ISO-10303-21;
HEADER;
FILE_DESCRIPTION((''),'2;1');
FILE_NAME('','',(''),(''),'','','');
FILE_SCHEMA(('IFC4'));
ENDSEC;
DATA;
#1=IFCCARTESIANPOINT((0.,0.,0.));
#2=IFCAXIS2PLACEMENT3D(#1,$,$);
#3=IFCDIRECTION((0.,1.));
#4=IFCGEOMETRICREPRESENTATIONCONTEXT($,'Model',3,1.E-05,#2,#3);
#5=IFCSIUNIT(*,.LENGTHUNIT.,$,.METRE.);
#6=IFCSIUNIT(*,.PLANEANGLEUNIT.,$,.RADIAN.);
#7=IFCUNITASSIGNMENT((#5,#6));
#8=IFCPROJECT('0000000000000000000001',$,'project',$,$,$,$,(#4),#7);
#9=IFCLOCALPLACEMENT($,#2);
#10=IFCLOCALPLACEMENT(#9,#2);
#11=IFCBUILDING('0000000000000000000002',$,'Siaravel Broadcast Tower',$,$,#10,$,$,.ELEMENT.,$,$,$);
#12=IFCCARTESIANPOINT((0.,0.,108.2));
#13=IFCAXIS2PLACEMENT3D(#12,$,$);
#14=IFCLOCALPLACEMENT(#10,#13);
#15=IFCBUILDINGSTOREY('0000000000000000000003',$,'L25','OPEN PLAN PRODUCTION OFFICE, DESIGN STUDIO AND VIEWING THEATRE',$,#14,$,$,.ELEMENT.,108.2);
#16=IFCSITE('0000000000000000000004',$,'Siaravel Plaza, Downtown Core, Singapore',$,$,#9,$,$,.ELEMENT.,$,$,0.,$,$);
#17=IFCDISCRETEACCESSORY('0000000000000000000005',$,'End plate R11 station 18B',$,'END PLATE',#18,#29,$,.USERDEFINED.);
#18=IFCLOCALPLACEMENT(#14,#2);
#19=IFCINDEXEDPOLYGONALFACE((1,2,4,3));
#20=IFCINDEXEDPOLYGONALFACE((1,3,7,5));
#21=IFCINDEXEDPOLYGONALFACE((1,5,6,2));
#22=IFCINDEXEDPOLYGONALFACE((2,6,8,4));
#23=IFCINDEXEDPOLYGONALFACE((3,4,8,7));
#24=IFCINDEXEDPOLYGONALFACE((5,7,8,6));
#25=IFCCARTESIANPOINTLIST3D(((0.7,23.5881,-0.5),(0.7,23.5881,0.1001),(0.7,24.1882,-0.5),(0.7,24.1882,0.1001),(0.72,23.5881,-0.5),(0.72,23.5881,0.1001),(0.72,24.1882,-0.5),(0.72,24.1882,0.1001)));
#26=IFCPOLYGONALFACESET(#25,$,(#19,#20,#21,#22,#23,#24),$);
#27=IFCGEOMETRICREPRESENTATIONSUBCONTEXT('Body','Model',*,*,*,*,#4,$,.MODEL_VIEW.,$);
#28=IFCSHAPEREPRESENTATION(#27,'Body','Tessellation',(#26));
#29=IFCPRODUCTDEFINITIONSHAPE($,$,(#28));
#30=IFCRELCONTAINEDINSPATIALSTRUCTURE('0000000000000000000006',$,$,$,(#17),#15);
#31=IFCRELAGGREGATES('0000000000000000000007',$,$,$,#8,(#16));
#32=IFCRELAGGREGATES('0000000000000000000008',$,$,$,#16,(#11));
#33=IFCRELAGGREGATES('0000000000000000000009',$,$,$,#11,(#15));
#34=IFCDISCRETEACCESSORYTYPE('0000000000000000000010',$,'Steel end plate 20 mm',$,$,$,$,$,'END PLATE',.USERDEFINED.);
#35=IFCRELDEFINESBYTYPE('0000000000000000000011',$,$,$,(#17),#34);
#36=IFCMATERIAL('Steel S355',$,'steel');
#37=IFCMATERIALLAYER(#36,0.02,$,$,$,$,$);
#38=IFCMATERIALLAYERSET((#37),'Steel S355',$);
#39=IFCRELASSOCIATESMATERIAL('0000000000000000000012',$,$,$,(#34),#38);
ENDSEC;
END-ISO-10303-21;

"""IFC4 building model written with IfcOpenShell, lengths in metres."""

from ifc_helpers import new_model, si_unit, direction, frame, origin, origin_2d, place, context, subcontext, project, spatial, rectangle, extrude, material, layer, layer_set, type_object, element, save


model = new_model("IFC4")

# Units and contexts
model_context = context("Model", 3, precision=1e-05, world=origin(), true_north=direction((0.0, 1.0)))
body_context = subcontext(model_context, "Body", "Model", "MODEL_VIEW")
ifc_project = project(units=[si_unit("LENGTHUNIT", "METRE"), si_unit("PLANEANGLEUNIT", "RADIAN")], contexts=[model_context])

# Site, building, storey
site_placement = place(None, origin())
site = spatial("IfcSite", under=ifc_project, at=site_placement, Name="Siaravel Plaza, Downtown Core, Singapore", CompositionType="ELEMENT", RefElevation=0.0)
building_placement = place(site_placement, origin())
building = spatial("IfcBuilding", under=site, at=building_placement, Name="Siaravel Broadcast Tower", CompositionType="ELEMENT")
storey_placement = place(building_placement, frame((0.0, 0.0, 108.2)))
storey = spatial("IfcBuildingStorey", under=building, at=storey_placement, Name="L25", Description="OPEN PLAN PRODUCTION OFFICE, DESIGN STUDIO AND VIEWING THEATRE", CompositionType="ELEMENT", Elevation=108.2)

# Shared definitions
ifc_material_1 = material(Name="Steel S355", Category="steel")

# Discrete accessory
ifc_layer_1 = layer(ifc_material_1, 0.02)
ifc_layer_set_1 = layer_set([ifc_layer_1], Name="Steel S355")
discrete_accessory_type_1 = type_object("IfcDiscreteAccessoryType", Name="Steel end plate 20 mm", ElementType="END PLATE", PredefinedType="USERDEFINED", material=ifc_layer_set_1)
for number, where, z_axis, x_axis, name in (
    (1, (0.71, 23.8882, -0.5), (0.0, 0.0, 1.0), (-1.0, 0.0, 0.0), "End plate R11 station 18B"),
):
    element("IfcDiscreteAccessory", number, at=place(storey_placement, frame(where, z_axis=z_axis, x_axis=x_axis)), inside=storey, type_object=discrete_accessory_type_1, Name=name, ObjectType="END PLATE", PredefinedType="USERDEFINED", context=body_context, shape_type="SweptSolid", body=[
        extrude(rectangle(XDim=0.02, YDim=0.6001, at=origin_2d()), origin(), (0.0, 0.0, 1.0), 0.6001),
    ])

save(model, "model.ifc")
